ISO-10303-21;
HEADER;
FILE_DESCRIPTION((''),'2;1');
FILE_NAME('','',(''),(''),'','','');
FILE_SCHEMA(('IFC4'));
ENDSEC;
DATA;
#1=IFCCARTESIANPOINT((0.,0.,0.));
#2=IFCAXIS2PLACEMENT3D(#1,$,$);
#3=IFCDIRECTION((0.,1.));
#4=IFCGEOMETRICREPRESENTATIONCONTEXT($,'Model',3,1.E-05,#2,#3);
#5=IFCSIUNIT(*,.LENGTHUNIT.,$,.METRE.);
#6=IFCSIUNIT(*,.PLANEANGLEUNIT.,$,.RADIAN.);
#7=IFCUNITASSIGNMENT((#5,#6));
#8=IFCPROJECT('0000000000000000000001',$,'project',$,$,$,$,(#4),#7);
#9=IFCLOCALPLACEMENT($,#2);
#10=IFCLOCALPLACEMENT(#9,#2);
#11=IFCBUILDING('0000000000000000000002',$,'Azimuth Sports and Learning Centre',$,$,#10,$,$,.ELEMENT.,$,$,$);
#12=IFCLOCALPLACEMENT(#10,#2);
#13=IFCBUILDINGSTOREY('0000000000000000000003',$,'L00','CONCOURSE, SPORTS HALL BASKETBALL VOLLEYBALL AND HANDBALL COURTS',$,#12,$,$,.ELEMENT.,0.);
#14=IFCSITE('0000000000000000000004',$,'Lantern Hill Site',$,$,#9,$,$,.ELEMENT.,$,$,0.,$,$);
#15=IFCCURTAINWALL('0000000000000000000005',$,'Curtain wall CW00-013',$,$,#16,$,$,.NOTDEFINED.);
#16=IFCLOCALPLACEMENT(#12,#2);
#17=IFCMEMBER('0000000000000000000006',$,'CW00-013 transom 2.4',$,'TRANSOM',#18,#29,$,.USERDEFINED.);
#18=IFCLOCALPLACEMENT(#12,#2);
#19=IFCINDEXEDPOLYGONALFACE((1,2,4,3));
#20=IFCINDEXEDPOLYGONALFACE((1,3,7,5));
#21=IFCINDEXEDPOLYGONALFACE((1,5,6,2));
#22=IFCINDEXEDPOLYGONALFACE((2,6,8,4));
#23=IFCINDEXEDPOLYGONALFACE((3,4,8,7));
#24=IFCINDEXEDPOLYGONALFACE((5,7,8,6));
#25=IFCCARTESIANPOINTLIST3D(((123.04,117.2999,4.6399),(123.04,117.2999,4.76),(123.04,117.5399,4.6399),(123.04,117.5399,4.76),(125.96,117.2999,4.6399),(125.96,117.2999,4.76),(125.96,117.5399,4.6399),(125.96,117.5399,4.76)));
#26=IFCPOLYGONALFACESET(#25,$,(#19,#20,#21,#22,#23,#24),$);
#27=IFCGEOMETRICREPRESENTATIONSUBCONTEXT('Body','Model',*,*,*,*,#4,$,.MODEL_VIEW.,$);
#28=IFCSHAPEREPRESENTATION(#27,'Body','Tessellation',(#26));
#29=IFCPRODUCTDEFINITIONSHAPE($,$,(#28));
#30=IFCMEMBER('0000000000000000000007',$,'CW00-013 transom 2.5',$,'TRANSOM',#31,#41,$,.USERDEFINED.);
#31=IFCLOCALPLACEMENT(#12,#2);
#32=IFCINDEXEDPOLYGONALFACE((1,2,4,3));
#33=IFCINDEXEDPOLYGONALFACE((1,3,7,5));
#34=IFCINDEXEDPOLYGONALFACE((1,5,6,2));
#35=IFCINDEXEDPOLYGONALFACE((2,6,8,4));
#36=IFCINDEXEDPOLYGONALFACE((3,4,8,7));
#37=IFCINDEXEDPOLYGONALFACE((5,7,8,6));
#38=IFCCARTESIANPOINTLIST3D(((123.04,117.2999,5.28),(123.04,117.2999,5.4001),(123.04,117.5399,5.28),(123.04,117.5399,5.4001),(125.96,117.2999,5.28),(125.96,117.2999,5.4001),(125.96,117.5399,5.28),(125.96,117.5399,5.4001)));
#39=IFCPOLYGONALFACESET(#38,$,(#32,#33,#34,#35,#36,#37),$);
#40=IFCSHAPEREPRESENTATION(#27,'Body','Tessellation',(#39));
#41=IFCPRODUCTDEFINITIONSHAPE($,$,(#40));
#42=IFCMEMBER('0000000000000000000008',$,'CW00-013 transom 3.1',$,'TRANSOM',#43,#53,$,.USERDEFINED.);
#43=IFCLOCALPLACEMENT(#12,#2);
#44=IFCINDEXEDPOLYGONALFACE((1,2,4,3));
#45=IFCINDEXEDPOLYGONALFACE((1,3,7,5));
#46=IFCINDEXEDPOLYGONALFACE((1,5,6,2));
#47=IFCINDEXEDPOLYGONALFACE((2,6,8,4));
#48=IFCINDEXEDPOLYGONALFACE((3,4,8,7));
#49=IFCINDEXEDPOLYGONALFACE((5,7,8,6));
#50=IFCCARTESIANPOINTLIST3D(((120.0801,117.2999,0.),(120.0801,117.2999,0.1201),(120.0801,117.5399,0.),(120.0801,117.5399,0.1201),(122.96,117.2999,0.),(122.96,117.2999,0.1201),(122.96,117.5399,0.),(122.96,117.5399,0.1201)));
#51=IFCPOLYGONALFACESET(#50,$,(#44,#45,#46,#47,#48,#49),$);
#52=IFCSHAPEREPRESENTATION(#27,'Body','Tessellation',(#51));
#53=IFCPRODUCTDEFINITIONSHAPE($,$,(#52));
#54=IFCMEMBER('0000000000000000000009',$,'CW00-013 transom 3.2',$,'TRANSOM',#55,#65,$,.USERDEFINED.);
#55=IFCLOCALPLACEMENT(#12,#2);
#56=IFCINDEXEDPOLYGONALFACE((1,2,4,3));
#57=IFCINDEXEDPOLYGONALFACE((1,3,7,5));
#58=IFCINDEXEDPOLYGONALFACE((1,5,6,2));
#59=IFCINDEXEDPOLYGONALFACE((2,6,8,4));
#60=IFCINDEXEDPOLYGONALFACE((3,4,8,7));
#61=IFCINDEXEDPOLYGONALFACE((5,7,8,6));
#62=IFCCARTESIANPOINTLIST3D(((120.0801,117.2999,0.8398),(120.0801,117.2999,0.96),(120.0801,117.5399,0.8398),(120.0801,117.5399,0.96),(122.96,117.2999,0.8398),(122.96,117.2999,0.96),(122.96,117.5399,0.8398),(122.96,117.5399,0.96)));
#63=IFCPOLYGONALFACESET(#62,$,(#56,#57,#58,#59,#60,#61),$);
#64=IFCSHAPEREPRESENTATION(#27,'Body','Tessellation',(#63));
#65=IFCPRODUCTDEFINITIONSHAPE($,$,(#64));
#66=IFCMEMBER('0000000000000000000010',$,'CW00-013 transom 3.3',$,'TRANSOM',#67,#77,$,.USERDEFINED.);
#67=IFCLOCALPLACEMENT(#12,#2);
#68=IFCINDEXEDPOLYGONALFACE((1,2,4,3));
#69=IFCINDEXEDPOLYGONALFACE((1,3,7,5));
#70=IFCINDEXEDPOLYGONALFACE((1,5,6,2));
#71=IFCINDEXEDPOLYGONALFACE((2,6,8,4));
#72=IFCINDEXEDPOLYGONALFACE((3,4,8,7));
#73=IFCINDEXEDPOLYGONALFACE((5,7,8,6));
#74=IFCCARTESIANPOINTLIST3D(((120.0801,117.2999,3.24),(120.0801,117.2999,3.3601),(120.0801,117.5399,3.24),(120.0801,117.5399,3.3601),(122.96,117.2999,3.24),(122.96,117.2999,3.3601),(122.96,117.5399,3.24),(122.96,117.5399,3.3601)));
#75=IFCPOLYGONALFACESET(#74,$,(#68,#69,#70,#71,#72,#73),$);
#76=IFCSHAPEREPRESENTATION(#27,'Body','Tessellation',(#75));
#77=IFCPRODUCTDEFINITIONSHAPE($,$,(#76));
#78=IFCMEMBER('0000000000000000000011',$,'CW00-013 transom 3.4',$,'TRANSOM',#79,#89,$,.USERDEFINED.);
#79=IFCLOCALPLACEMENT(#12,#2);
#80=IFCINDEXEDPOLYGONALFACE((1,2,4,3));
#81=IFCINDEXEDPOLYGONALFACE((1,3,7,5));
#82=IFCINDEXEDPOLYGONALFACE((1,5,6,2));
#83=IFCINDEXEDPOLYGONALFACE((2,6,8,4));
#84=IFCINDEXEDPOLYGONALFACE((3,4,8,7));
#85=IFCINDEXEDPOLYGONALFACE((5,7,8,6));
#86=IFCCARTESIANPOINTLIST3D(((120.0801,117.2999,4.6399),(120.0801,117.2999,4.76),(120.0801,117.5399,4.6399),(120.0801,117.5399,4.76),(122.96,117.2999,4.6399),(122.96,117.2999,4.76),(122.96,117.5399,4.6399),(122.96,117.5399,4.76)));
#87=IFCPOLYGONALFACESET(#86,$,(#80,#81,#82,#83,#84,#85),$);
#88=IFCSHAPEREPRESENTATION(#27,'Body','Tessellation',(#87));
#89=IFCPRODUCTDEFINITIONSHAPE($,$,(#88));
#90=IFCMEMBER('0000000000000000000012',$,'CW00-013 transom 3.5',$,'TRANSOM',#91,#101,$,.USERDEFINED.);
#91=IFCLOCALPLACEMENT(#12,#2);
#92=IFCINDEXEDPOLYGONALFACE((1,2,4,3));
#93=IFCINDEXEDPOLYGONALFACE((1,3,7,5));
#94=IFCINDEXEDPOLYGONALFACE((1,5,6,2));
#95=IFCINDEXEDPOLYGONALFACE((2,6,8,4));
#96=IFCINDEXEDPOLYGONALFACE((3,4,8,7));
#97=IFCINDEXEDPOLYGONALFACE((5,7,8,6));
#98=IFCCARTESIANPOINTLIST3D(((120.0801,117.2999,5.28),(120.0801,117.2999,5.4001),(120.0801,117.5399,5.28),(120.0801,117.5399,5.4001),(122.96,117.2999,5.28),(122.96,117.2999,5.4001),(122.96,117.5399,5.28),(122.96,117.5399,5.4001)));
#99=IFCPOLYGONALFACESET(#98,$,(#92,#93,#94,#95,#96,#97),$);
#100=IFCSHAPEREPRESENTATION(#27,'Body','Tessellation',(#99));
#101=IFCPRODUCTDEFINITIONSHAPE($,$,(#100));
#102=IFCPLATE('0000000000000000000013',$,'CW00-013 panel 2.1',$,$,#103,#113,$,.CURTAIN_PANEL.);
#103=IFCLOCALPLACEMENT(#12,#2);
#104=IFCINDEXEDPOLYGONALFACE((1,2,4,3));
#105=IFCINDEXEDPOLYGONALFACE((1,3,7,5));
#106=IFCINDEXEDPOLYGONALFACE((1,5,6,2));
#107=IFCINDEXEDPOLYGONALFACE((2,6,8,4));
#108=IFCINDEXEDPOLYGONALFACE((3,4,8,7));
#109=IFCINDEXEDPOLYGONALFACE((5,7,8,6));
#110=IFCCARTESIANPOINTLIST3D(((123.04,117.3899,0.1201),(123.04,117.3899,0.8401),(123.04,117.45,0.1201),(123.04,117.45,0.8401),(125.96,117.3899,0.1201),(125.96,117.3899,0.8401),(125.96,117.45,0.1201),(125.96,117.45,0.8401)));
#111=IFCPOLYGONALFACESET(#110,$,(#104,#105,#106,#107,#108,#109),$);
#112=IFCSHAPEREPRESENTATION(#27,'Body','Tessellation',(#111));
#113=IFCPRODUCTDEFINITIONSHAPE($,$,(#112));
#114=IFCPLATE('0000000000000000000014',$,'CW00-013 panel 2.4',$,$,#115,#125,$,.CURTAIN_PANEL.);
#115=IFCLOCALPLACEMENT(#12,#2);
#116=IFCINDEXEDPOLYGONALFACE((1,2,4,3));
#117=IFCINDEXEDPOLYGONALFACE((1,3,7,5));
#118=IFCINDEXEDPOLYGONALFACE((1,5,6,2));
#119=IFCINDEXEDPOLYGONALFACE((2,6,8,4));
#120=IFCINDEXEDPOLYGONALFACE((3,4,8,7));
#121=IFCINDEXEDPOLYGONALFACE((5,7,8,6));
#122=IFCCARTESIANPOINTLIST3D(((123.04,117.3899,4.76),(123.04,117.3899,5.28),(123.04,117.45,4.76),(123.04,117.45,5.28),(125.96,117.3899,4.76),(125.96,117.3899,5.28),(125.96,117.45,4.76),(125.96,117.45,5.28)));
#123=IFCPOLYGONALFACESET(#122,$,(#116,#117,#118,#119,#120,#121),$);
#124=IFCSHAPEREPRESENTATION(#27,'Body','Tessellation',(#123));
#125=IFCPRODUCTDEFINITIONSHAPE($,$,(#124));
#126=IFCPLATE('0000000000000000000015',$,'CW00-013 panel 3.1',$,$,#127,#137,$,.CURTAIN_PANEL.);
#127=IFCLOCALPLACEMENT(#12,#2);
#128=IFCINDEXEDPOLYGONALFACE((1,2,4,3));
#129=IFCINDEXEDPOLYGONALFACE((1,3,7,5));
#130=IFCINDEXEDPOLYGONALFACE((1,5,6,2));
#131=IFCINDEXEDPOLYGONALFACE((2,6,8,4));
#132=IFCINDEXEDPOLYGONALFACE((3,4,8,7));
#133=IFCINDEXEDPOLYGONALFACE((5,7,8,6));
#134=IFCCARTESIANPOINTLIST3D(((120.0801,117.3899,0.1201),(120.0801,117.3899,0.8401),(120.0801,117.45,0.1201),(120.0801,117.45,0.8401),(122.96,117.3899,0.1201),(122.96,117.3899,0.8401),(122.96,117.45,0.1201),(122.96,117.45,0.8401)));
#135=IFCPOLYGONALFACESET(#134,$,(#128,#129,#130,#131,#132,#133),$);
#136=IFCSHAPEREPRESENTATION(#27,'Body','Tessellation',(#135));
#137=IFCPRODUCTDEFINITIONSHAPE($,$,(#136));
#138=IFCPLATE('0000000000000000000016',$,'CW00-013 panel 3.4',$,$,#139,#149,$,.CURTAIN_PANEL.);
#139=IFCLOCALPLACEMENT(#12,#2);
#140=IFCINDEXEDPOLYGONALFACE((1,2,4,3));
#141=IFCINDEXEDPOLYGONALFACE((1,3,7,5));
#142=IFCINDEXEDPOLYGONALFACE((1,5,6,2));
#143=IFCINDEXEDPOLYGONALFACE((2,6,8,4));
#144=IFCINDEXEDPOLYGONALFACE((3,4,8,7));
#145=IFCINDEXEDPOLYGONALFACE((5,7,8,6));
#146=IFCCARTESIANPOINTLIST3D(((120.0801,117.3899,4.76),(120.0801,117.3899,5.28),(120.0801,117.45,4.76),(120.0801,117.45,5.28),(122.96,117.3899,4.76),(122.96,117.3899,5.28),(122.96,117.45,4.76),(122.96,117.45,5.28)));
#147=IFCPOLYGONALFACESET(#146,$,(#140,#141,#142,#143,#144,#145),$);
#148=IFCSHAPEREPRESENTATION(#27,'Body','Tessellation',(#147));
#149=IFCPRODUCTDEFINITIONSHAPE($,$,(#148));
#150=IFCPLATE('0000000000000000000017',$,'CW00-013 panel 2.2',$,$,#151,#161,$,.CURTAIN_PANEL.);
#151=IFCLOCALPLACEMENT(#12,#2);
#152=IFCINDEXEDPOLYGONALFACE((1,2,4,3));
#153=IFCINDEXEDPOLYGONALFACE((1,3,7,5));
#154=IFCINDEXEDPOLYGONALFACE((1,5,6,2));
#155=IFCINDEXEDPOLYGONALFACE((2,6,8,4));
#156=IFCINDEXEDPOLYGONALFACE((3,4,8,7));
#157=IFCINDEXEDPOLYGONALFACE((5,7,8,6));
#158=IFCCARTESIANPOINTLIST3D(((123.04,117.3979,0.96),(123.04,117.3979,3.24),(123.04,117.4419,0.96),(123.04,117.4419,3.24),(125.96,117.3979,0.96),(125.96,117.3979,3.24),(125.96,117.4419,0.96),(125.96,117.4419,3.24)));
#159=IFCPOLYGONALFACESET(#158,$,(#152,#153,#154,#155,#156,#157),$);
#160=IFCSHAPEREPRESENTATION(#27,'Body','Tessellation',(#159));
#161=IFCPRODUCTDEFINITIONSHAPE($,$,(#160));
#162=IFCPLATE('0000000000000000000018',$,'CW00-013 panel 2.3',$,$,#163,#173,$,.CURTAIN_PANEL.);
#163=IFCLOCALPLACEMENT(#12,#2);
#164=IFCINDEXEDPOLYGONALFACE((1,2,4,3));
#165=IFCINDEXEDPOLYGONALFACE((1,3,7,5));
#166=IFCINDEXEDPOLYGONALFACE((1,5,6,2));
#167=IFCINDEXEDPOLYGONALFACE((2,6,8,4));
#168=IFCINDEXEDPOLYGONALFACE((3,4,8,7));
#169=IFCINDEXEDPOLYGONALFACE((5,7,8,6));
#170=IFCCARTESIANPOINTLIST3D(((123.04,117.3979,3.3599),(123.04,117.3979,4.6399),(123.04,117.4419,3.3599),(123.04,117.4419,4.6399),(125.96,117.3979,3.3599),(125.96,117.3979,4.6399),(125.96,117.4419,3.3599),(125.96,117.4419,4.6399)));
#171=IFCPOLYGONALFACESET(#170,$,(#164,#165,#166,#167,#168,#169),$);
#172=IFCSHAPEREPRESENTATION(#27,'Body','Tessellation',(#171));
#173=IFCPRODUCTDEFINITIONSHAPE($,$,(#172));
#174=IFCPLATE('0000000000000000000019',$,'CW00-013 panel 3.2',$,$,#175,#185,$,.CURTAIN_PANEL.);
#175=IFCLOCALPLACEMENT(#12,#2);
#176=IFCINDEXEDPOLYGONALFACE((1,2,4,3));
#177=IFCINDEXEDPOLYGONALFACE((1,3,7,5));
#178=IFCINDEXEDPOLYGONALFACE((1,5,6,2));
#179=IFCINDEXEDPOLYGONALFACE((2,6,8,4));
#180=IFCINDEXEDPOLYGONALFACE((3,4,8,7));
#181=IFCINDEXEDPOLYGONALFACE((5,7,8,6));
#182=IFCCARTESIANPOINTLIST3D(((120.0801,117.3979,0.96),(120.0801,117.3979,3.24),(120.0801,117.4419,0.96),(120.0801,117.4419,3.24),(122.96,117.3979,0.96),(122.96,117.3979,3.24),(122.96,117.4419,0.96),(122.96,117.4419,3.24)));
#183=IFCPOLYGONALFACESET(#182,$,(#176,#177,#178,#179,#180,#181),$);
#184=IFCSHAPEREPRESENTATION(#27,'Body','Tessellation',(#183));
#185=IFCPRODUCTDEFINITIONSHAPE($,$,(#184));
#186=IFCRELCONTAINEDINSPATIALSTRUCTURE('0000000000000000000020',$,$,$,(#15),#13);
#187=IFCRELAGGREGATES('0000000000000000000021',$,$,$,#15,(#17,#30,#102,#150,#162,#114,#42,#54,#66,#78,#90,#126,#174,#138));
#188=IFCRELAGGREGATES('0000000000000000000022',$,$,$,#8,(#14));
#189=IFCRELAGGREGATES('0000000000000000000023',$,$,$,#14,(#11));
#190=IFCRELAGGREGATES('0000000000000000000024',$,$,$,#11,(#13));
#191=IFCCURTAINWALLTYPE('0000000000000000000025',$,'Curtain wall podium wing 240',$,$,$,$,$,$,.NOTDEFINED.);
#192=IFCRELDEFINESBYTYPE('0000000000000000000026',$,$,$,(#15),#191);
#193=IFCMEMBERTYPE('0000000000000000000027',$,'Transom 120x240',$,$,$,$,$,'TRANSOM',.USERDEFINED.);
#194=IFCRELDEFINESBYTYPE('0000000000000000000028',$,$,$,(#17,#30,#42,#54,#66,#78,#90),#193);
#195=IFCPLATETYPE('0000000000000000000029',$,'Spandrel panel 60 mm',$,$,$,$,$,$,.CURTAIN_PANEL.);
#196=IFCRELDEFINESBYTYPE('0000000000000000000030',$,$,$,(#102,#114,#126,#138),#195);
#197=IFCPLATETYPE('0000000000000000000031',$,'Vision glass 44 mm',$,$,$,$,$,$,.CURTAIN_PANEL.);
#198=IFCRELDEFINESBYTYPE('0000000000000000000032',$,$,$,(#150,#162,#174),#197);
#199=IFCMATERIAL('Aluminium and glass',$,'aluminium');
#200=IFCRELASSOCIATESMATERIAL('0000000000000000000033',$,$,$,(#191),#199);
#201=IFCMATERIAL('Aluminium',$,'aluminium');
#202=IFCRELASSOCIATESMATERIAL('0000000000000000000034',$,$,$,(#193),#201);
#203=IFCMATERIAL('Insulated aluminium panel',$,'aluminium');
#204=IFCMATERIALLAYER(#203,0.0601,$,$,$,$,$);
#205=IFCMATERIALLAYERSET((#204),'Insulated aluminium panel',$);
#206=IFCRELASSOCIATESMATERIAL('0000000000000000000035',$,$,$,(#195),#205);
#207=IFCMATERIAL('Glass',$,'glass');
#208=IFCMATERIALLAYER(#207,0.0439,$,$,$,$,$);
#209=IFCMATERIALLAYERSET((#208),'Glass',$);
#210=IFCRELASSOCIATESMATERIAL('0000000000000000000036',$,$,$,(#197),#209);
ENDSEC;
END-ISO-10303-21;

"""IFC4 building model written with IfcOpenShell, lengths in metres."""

from ifc_helpers import new_model, si_unit, direction, frame, origin, origin_2d, place, context, subcontext, project, spatial, rectangle, extrude, material, layer, layer_set, material_profile, profile_set, type_object, element, aggregate, save


model = new_model("IFC4")

# Units and contexts
model_context = context("Model", 3, precision=1e-05, world=origin(), true_north=direction((0.0, 1.0)))
body_context = subcontext(model_context, "Body", "Model", "MODEL_VIEW")
ifc_project = project(units=[si_unit("LENGTHUNIT", "METRE"), si_unit("PLANEANGLEUNIT", "RADIAN")], contexts=[model_context])

# Site, building, storey
site_placement = place(None, origin())
site = spatial("IfcSite", under=ifc_project, at=site_placement, Name="Lantern Hill Site", CompositionType="ELEMENT", RefElevation=0.0)
building_placement = place(site_placement, origin())
building = spatial("IfcBuilding", under=site, at=building_placement, Name="Azimuth Sports and Learning Centre", CompositionType="ELEMENT")
storey_placement = place(building_placement, origin())
storey = spatial("IfcBuildingStorey", under=building, at=storey_placement, Name="L00", Description="CONCOURSE, SPORTS HALL BASKETBALL VOLLEYBALL AND HANDBALL COURTS", CompositionType="ELEMENT", Elevation=0.0)

# Curtain wall, members, plates
ifc_material_1 = material(Name="Aluminium and glass", Category="aluminium")
curtain_wall_type = type_object("IfcCurtainWallType", Name="Curtain wall podium wing 240", PredefinedType="NOTDEFINED", material=ifc_material_1)
curtain_wall_placement = place(storey_placement, origin())
curtain_wall = element("IfcCurtainWall", 1, at=curtain_wall_placement, inside=storey, type_object=curtain_wall_type, Name="Curtain wall CW00-013", PredefinedType="NOTDEFINED")
ifc_material_2 = material(Name="Aluminium", Category="aluminium")
ifc_material_profile_1 = material_profile(ifc_material_2, rectangle(XDim=0.24, YDim=0.1201, at=origin_2d()), Name="Transom 120x240")
ifc_profile_set_1 = profile_set([ifc_material_profile_1], Name="Aluminium")
member_type_1 = type_object("IfcMemberType", Name="Transom 120x240", ElementType="TRANSOM", PredefinedType="USERDEFINED", material=ifc_profile_set_1)
member_1_placement = place(storey_placement, frame((125.96, 117.4199, 4.7), z_axis=(-1.0, 0.0, 0.0), x_axis=(0.0, -1.0, 0.0)))
member_1 = element("IfcMember", 2, at=member_1_placement, type_object=member_type_1, Name="CW00-013 transom 2.4", ObjectType="TRANSOM", PredefinedType="USERDEFINED", context=body_context, shape_type="SweptSolid", body=[
    extrude(rectangle(XDim=0.24, YDim=0.1201, at=origin_2d()), origin(), (0.0, 0.0, 1.0), 2.9199),
])
member_2_placement = place(storey_placement, frame((125.96, 117.4199, 5.3401), z_axis=(-1.0, 0.0, 0.0), x_axis=(0.0, -1.0, 0.0)))
member_2 = element("IfcMember", 3, at=member_2_placement, type_object=member_type_1, Name="CW00-013 transom 2.5", ObjectType="TRANSOM", PredefinedType="USERDEFINED", context=body_context, shape_type="SweptSolid", body=[
    extrude(rectangle(XDim=0.24, YDim=0.1201, at=origin_2d()), origin(), (0.0, 0.0, 1.0), 2.9199),
])
member_3_placement = place(storey_placement, frame((122.96, 117.4199, 0.0601), z_axis=(-1.0, 0.0, 0.0), x_axis=(0.0, -1.0, 0.0)))
member_3 = element("IfcMember", 4, at=member_3_placement, type_object=member_type_1, Name="CW00-013 transom 3.1", ObjectType="TRANSOM", PredefinedType="USERDEFINED", context=body_context, shape_type="SweptSolid", body=[
    extrude(rectangle(XDim=0.24, YDim=0.1201, at=origin_2d()), origin(), (0.0, 0.0, 1.0), 2.8799),
])
member_4_placement = place(storey_placement, frame((122.96, 117.4199, 0.8999), z_axis=(-1.0, 0.0, 0.0), x_axis=(0.0, -1.0, 0.0)))
member_4 = element("IfcMember", 5, at=member_4_placement, type_object=member_type_1, Name="CW00-013 transom 3.2", ObjectType="TRANSOM", PredefinedType="USERDEFINED", context=body_context, shape_type="SweptSolid", body=[
    extrude(rectangle(XDim=0.24, YDim=0.1201, at=origin_2d()), origin(), (0.0, 0.0, 1.0), 2.8799),
])
member_5_placement = place(storey_placement, frame((122.96, 117.4199, 3.3), z_axis=(-1.0, 0.0, 0.0), x_axis=(0.0, -1.0, 0.0)))
member_5 = element("IfcMember", 6, at=member_5_placement, type_object=member_type_1, Name="CW00-013 transom 3.3", ObjectType="TRANSOM", PredefinedType="USERDEFINED", context=body_context, shape_type="SweptSolid", body=[
    extrude(rectangle(XDim=0.24, YDim=0.1201, at=origin_2d()), origin(), (0.0, 0.0, 1.0), 2.8799),
])
member_6_placement = place(storey_placement, frame((122.96, 117.4199, 4.7), z_axis=(-1.0, 0.0, 0.0), x_axis=(0.0, -1.0, 0.0)))
member_6 = element("IfcMember", 7, at=member_6_placement, type_object=member_type_1, Name="CW00-013 transom 3.4", ObjectType="TRANSOM", PredefinedType="USERDEFINED", context=body_context, shape_type="SweptSolid", body=[
    extrude(rectangle(XDim=0.24, YDim=0.1201, at=origin_2d()), origin(), (0.0, 0.0, 1.0), 2.8799),
])
member_7_placement = place(storey_placement, frame((122.96, 117.4199, 5.3401), z_axis=(-1.0, 0.0, 0.0), x_axis=(0.0, -1.0, 0.0)))
member_7 = element("IfcMember", 8, at=member_7_placement, type_object=member_type_1, Name="CW00-013 transom 3.5", ObjectType="TRANSOM", PredefinedType="USERDEFINED", context=body_context, shape_type="SweptSolid", body=[
    extrude(rectangle(XDim=0.24, YDim=0.1201, at=origin_2d()), origin(), (0.0, 0.0, 1.0), 2.8799),
])
ifc_material_3 = material(Name="Insulated aluminium panel", Category="aluminium")
ifc_layer_1 = layer(ifc_material_3, 0.0601)
ifc_layer_set_1 = layer_set([ifc_layer_1], Name="Insulated aluminium panel")
plate_type_1 = type_object("IfcPlateType", Name="Spandrel panel 60 mm", PredefinedType="CURTAIN_PANEL", material=ifc_layer_set_1)
plate_1_placement = place(storey_placement, frame((124.5, 117.4199, 0.1201), z_axis=(0.0, 0.0, 1.0), x_axis=(-1.0, 0.0, 0.0)))
plate_1 = element("IfcPlate", 9, at=plate_1_placement, type_object=plate_type_1, Name="CW00-013 panel 2.1", PredefinedType="CURTAIN_PANEL", context=body_context, shape_type="SweptSolid", body=[
    extrude(rectangle(XDim=2.9199, YDim=0.0601, at=origin_2d()), origin(), (0.0, 0.0, 1.0), 0.72),
])
plate_2_placement = place(storey_placement, frame((124.5, 117.4199, 4.76), z_axis=(0.0, 0.0, 1.0), x_axis=(-1.0, 0.0, 0.0)))
plate_2 = element("IfcPlate", 10, at=plate_2_placement, type_object=plate_type_1, Name="CW00-013 panel 2.4", PredefinedType="CURTAIN_PANEL", context=body_context, shape_type="SweptSolid", body=[
    extrude(rectangle(XDim=2.9199, YDim=0.0601, at=origin_2d()), origin(), (0.0, 0.0, 1.0), 0.52),
])
plate_3_placement = place(storey_placement, frame((121.52, 117.4199, 0.1201), z_axis=(0.0, 0.0, 1.0), x_axis=(-1.0, 0.0, 0.0)))
plate_3 = element("IfcPlate", 11, at=plate_3_placement, type_object=plate_type_1, Name="CW00-013 panel 3.1", PredefinedType="CURTAIN_PANEL", context=body_context, shape_type="SweptSolid", body=[
    extrude(rectangle(XDim=2.8799, YDim=0.0601, at=origin_2d()), origin(), (0.0, 0.0, 1.0), 0.72),
])
plate_4_placement = place(storey_placement, frame((121.52, 117.4199, 4.76), z_axis=(0.0, 0.0, 1.0), x_axis=(-1.0, 0.0, 0.0)))
plate_4 = element("IfcPlate", 12, at=plate_4_placement, type_object=plate_type_1, Name="CW00-013 panel 3.4", PredefinedType="CURTAIN_PANEL", context=body_context, shape_type="SweptSolid", body=[
    extrude(rectangle(XDim=2.8799, YDim=0.0601, at=origin_2d()), origin(), (0.0, 0.0, 1.0), 0.52),
])
ifc_material_4 = material(Name="Glass", Category="glass")
ifc_layer_2 = layer(ifc_material_4, 0.0439)
ifc_layer_set_2 = layer_set([ifc_layer_2], Name="Glass")
plate_type_2 = type_object("IfcPlateType", Name="Vision glass 44 mm", PredefinedType="CURTAIN_PANEL", material=ifc_layer_set_2)
plate_5_placement = place(storey_placement, frame((124.5, 117.4199, 0.96), z_axis=(0.0, 0.0, 1.0), x_axis=(-1.0, 0.0, 0.0)))
plate_5 = element("IfcPlate", 13, at=plate_5_placement, type_object=plate_type_2, Name="CW00-013 panel 2.2", PredefinedType="CURTAIN_PANEL", context=body_context, shape_type="SweptSolid", body=[
    extrude(rectangle(XDim=2.9199, YDim=0.0439, at=origin_2d()), origin(), (0.0, 0.0, 1.0), 2.28),
])
plate_6_placement = place(storey_placement, frame((124.5, 117.4199, 3.3599), z_axis=(0.0, 0.0, 1.0), x_axis=(-1.0, 0.0, 0.0)))
plate_6 = element("IfcPlate", 14, at=plate_6_placement, type_object=plate_type_2, Name="CW00-013 panel 2.3", PredefinedType="CURTAIN_PANEL", context=body_context, shape_type="SweptSolid", body=[
    extrude(rectangle(XDim=2.9199, YDim=0.0439, at=origin_2d()), origin(), (0.0, 0.0, 1.0), 1.28),
])
plate_7_placement = place(storey_placement, frame((121.52, 117.4199, 0.96), z_axis=(0.0, 0.0, 1.0), x_axis=(-1.0, 0.0, 0.0)))
plate_7 = element("IfcPlate", 15, at=plate_7_placement, type_object=plate_type_2, Name="CW00-013 panel 3.2", PredefinedType="CURTAIN_PANEL", context=body_context, shape_type="SweptSolid", body=[
    extrude(rectangle(XDim=2.8799, YDim=0.0439, at=origin_2d()), origin(), (0.0, 0.0, 1.0), 2.28),
])
aggregate(curtain_wall, [member_1, member_2, plate_1, plate_5, plate_6, plate_2, member_3, member_4, member_5, member_6, member_7, plate_3, plate_7, plate_4])

save(model, "model.ifc")
